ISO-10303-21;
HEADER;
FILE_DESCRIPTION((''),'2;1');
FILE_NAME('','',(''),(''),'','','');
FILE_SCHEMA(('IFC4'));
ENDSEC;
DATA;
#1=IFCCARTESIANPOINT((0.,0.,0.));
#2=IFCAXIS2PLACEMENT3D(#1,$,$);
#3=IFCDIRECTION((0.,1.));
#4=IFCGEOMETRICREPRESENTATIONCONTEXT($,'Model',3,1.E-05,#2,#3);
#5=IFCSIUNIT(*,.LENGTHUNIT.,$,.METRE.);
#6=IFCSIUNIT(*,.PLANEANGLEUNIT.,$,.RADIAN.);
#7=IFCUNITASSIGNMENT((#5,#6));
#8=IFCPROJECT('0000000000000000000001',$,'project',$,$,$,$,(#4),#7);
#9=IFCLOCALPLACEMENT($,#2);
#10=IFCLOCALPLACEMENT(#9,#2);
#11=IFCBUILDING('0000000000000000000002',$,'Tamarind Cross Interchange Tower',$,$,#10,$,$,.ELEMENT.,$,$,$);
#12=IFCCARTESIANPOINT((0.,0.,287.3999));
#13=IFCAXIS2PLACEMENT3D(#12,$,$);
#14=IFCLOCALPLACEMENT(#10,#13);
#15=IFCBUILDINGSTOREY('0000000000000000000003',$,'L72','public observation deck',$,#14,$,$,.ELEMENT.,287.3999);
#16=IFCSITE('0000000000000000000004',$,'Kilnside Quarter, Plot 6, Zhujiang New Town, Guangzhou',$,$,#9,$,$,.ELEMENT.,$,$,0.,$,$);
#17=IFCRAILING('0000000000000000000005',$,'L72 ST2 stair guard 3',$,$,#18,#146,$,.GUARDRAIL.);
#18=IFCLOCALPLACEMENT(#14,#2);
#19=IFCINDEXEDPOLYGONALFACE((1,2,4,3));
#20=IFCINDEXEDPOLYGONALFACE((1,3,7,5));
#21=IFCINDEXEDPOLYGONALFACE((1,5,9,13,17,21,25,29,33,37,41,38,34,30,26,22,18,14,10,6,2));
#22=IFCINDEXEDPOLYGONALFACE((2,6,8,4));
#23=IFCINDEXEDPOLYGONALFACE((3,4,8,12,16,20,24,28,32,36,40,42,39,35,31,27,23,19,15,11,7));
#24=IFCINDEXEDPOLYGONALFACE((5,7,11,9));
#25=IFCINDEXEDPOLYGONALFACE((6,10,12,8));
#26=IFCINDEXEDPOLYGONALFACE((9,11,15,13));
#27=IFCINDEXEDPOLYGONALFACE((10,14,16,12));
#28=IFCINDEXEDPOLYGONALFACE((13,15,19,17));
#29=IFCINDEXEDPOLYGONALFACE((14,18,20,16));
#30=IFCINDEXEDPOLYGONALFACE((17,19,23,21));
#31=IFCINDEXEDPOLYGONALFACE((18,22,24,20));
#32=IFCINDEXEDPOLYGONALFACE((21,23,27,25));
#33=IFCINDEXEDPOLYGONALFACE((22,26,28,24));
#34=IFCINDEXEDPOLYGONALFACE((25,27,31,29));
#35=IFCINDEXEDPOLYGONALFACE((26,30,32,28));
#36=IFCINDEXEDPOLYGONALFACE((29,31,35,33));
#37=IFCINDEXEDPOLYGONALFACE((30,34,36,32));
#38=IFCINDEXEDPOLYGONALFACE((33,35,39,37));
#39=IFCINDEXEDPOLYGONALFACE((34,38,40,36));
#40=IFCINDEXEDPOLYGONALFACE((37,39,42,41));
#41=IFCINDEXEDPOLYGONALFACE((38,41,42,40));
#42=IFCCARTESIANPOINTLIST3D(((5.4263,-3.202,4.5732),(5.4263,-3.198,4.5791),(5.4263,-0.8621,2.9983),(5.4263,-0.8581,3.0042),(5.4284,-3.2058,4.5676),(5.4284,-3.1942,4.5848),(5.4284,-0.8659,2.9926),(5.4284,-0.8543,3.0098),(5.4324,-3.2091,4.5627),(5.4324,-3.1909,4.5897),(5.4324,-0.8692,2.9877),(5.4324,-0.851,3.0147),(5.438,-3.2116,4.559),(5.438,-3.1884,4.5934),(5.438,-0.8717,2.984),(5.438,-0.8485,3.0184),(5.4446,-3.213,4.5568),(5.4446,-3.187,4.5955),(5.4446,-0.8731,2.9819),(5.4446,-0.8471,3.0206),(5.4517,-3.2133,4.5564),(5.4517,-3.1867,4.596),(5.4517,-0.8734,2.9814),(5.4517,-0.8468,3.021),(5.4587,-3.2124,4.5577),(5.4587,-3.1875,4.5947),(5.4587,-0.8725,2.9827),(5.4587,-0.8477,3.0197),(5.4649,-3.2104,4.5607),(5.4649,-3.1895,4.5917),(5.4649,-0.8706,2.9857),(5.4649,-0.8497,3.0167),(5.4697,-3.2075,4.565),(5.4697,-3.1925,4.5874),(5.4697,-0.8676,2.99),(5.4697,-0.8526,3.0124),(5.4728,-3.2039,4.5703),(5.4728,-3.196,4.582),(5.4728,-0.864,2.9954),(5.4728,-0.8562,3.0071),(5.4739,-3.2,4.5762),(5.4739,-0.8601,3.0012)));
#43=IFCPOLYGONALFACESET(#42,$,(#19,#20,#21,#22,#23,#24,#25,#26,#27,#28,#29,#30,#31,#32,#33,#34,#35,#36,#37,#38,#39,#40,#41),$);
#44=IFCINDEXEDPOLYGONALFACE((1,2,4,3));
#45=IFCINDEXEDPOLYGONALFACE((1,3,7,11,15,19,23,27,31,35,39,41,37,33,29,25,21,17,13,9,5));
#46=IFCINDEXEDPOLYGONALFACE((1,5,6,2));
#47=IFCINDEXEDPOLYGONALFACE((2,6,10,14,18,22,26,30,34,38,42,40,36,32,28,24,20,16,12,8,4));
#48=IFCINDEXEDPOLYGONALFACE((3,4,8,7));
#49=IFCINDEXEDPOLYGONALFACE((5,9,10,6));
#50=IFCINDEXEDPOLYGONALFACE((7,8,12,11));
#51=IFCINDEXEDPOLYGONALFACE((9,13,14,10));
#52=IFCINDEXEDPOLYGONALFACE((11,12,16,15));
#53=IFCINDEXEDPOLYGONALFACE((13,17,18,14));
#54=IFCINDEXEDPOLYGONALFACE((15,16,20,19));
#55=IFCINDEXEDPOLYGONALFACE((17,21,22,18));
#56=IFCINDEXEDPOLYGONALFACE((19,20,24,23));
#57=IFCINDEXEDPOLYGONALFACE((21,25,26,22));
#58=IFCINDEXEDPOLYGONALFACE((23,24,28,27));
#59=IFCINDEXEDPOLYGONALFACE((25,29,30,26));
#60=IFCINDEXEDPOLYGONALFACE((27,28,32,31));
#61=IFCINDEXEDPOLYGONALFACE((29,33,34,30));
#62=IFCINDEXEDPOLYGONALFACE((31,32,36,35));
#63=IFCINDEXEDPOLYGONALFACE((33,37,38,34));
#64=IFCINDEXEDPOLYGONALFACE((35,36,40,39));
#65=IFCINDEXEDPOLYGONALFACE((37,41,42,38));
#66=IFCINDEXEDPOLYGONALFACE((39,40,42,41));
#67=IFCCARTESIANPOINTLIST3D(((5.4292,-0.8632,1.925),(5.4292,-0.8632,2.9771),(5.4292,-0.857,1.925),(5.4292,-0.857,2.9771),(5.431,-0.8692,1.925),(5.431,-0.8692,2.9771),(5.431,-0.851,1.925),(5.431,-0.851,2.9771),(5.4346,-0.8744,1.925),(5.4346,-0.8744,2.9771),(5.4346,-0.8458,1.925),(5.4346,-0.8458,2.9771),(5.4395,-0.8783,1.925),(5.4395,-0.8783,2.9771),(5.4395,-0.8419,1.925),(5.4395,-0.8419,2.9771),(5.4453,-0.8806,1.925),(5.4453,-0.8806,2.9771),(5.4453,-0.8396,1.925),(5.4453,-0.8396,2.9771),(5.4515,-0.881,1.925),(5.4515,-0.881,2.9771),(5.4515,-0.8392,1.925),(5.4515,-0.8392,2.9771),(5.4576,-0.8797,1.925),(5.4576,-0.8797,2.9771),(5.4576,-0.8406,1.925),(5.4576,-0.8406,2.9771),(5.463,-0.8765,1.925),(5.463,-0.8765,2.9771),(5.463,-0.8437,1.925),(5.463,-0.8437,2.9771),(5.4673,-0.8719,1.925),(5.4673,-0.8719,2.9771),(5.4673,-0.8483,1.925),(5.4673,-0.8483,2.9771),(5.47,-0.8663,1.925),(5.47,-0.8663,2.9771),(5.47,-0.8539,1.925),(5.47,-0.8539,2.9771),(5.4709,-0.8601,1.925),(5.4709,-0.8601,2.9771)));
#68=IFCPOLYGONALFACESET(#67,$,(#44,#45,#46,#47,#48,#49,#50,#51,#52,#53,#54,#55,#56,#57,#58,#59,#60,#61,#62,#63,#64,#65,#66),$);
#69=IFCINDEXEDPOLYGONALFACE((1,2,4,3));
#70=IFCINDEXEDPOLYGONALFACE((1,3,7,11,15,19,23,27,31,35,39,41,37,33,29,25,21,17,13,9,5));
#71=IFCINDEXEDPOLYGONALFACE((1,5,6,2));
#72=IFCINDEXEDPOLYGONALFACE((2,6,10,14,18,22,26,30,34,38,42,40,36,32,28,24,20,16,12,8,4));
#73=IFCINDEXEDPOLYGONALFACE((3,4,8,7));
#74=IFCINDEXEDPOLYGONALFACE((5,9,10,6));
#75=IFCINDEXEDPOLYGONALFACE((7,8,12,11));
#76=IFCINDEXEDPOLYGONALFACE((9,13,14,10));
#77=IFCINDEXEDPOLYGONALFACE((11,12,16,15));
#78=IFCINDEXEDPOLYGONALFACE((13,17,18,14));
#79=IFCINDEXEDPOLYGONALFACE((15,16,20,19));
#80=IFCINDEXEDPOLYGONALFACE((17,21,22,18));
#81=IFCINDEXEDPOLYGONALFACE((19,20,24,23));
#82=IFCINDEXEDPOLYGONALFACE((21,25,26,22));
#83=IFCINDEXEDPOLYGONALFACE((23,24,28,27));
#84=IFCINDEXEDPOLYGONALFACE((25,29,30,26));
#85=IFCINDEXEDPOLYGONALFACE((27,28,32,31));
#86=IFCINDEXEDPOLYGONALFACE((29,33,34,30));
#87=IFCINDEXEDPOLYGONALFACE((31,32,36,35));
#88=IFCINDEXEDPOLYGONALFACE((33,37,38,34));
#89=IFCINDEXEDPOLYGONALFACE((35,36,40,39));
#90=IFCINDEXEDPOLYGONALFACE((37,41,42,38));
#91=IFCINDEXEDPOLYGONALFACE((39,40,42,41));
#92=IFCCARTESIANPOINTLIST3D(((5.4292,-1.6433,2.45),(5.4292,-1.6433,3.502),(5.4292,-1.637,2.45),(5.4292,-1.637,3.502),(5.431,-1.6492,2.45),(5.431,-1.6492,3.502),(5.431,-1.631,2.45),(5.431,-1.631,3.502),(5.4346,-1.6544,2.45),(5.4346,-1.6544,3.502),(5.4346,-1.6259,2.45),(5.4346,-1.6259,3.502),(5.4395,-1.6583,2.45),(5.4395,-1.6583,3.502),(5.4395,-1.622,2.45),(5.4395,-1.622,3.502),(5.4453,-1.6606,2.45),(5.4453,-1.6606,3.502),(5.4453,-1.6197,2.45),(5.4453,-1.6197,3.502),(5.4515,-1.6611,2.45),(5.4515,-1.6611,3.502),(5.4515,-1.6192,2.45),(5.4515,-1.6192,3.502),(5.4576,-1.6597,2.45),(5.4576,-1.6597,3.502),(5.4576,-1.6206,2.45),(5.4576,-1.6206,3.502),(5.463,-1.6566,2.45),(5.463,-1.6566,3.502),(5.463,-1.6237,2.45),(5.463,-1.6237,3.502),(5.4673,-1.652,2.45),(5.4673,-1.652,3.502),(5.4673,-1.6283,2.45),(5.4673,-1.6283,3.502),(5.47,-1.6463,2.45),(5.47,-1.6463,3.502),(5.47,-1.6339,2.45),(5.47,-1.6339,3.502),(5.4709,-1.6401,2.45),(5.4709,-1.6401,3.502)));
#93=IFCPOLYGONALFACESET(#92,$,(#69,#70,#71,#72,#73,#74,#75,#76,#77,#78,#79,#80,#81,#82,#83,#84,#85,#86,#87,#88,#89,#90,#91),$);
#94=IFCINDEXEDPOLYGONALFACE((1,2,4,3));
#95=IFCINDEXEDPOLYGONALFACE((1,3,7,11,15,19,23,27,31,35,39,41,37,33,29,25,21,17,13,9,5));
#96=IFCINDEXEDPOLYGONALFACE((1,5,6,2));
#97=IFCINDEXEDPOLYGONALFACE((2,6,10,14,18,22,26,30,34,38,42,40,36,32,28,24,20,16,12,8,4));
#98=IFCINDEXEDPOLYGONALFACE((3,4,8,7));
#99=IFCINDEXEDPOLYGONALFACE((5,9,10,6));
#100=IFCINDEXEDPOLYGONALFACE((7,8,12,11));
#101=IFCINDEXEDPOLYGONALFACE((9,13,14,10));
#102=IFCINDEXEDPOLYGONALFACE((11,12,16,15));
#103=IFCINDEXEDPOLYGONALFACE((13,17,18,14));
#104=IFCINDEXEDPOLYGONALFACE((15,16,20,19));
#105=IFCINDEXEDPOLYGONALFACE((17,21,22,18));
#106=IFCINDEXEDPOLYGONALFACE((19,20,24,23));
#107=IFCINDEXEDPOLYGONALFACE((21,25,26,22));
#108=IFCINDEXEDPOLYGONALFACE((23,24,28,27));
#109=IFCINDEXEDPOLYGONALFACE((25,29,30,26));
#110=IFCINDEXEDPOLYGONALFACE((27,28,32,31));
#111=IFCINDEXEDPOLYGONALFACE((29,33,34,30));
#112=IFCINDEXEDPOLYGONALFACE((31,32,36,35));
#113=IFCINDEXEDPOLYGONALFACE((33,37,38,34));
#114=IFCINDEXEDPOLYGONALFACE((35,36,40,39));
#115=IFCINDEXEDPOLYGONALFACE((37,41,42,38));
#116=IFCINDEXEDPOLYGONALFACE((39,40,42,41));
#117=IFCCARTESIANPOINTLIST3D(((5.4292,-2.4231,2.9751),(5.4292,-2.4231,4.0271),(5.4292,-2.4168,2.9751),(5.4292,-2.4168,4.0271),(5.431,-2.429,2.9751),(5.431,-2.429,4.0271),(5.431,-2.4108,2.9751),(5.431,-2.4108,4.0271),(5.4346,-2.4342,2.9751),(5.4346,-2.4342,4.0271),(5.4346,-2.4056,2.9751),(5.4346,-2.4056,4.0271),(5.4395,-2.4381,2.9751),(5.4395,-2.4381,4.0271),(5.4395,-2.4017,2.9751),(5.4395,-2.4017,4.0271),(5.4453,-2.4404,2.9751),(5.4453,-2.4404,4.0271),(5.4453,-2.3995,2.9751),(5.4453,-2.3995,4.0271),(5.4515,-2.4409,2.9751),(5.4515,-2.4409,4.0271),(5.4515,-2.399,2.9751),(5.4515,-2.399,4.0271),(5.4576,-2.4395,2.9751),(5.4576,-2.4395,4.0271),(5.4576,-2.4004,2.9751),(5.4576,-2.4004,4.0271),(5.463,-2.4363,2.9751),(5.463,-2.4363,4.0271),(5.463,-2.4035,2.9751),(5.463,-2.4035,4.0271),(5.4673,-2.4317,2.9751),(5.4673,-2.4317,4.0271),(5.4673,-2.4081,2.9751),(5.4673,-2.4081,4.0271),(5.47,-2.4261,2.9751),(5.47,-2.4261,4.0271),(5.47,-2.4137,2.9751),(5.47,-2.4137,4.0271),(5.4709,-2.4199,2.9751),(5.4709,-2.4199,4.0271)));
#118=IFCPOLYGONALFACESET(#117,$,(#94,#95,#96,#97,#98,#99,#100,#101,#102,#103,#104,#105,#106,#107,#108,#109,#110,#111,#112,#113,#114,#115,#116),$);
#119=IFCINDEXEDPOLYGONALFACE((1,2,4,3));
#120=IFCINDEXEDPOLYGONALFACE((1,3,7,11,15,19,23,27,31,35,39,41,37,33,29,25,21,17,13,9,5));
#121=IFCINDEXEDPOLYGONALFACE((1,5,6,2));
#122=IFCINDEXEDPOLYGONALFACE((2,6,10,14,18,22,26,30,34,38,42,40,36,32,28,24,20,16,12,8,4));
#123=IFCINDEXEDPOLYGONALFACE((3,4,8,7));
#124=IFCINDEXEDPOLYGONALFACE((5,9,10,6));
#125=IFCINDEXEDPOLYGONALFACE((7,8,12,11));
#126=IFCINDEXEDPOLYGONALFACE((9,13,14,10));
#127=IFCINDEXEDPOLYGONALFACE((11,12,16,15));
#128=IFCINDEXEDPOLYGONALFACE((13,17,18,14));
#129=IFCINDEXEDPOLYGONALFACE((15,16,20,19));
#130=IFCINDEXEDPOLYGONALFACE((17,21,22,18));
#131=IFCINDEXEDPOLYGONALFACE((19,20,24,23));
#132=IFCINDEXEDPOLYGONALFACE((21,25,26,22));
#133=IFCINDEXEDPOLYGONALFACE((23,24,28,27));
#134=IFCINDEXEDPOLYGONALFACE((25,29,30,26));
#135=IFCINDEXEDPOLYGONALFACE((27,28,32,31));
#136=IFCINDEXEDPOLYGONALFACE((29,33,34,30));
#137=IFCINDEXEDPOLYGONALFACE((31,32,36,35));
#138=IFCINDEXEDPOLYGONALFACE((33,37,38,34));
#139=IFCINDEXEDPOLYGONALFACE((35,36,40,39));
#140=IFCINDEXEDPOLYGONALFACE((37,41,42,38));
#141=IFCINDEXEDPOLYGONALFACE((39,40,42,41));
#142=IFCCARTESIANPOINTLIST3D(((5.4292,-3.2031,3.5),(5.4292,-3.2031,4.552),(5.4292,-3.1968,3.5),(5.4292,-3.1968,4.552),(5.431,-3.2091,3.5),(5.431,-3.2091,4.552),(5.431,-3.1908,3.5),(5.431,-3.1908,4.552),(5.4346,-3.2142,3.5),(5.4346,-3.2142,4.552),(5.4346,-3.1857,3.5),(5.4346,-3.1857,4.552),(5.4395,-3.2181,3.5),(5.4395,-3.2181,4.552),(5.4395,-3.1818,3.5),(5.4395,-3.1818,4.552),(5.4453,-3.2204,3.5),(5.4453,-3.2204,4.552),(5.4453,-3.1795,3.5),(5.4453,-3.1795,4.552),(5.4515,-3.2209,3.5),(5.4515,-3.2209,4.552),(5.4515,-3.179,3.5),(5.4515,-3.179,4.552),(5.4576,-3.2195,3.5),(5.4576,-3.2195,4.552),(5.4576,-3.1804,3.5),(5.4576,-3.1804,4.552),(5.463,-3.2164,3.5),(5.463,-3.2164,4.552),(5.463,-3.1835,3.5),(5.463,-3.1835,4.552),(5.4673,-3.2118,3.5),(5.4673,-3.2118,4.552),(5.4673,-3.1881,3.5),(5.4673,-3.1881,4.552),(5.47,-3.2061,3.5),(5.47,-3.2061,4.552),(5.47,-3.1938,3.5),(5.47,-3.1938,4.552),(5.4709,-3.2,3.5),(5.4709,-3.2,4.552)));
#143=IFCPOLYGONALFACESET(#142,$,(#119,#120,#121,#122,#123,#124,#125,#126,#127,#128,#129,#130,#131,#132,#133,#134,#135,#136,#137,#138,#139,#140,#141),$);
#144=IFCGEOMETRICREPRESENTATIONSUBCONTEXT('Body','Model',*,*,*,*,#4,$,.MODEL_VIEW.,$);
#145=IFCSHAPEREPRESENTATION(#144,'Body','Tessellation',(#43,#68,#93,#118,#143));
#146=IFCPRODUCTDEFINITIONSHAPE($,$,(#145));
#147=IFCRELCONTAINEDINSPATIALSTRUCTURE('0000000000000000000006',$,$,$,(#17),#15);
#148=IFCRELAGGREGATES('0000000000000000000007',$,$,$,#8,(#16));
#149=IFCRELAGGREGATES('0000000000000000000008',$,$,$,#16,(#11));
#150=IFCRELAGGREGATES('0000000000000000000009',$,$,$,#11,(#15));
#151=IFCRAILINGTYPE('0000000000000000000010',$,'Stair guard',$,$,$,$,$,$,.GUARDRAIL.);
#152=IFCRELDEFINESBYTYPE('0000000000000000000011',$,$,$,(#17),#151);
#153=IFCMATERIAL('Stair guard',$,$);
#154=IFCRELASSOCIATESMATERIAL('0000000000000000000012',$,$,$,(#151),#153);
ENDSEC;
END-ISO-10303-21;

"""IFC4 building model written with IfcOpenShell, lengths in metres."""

from ifc_helpers import new_model, si_unit, direction, frame, origin, origin_2d, place, context, subcontext, project, spatial, circle, extrude, material, type_object, element, save


model = new_model("IFC4")

# Units and contexts
model_context = context("Model", 3, precision=1e-05, world=origin(), true_north=direction((0.0, 1.0)))
body_context = subcontext(model_context, "Body", "Model", "MODEL_VIEW")
ifc_project = project(units=[si_unit("LENGTHUNIT", "METRE"), si_unit("PLANEANGLEUNIT", "RADIAN")], contexts=[model_context])

# Site, building, storey
site_placement = place(None, origin())
site = spatial("IfcSite", under=ifc_project, at=site_placement, Name="Kilnside Quarter, Plot 6, Zhujiang New Town, Guangzhou", CompositionType="ELEMENT", RefElevation=0.0)
building_placement = place(site_placement, origin())
building = spatial("IfcBuilding", under=site, at=building_placement, Name="Tamarind Cross Interchange Tower", CompositionType="ELEMENT")
storey_placement = place(building_placement, frame((0.0, 0.0, 287.3999)))
storey = spatial("IfcBuildingStorey", under=building, at=storey_placement, Name="L72", Description="public observation deck", CompositionType="ELEMENT", Elevation=287.3999)

# Railing
ifc_material_1 = material(Name="Stair guard")
railing_type_1 = type_object("IfcRailingType", Name="Stair guard", PredefinedType="GUARDRAIL", material=ifc_material_1)
railing_1_placement = place(storey_placement, frame((5.45, -0.8601, 1.925)))
element("IfcRailing", 1, at=railing_1_placement, inside=storey, type_object=railing_type_1, Name="L72 ST2 stair guard 3", PredefinedType="GUARDRAIL", context=body_context, shape_type="SweptSolid", body=[
    extrude(circle(Radius=0.0239, at=origin_2d()), frame((0.0, 0.0, 1.0762), z_axis=(0.0, -0.829578, 0.55839), x_axis=(1.0, 0.0, 0.0)), (0.0, 0.0, 1.0), 2.8206),
    extrude(circle(Radius=0.021, at=origin_2d()), origin(), (0.0, 0.0, 1.0), 1.052),
    extrude(circle(Radius=0.021, at=origin_2d()), frame((0.0, -0.78, 0.5249)), (0.0, 0.0, 1.0), 1.052),
    extrude(circle(Radius=0.021, at=origin_2d()), frame((0.0, -1.5598, 1.05)), (0.0, 0.0, 1.0), 1.052),
    extrude(circle(Radius=0.021, at=origin_2d()), frame((0.0, -2.3398, 1.575)), (0.0, 0.0, 1.0), 1.052),
])

save(model, "model.ifc")
